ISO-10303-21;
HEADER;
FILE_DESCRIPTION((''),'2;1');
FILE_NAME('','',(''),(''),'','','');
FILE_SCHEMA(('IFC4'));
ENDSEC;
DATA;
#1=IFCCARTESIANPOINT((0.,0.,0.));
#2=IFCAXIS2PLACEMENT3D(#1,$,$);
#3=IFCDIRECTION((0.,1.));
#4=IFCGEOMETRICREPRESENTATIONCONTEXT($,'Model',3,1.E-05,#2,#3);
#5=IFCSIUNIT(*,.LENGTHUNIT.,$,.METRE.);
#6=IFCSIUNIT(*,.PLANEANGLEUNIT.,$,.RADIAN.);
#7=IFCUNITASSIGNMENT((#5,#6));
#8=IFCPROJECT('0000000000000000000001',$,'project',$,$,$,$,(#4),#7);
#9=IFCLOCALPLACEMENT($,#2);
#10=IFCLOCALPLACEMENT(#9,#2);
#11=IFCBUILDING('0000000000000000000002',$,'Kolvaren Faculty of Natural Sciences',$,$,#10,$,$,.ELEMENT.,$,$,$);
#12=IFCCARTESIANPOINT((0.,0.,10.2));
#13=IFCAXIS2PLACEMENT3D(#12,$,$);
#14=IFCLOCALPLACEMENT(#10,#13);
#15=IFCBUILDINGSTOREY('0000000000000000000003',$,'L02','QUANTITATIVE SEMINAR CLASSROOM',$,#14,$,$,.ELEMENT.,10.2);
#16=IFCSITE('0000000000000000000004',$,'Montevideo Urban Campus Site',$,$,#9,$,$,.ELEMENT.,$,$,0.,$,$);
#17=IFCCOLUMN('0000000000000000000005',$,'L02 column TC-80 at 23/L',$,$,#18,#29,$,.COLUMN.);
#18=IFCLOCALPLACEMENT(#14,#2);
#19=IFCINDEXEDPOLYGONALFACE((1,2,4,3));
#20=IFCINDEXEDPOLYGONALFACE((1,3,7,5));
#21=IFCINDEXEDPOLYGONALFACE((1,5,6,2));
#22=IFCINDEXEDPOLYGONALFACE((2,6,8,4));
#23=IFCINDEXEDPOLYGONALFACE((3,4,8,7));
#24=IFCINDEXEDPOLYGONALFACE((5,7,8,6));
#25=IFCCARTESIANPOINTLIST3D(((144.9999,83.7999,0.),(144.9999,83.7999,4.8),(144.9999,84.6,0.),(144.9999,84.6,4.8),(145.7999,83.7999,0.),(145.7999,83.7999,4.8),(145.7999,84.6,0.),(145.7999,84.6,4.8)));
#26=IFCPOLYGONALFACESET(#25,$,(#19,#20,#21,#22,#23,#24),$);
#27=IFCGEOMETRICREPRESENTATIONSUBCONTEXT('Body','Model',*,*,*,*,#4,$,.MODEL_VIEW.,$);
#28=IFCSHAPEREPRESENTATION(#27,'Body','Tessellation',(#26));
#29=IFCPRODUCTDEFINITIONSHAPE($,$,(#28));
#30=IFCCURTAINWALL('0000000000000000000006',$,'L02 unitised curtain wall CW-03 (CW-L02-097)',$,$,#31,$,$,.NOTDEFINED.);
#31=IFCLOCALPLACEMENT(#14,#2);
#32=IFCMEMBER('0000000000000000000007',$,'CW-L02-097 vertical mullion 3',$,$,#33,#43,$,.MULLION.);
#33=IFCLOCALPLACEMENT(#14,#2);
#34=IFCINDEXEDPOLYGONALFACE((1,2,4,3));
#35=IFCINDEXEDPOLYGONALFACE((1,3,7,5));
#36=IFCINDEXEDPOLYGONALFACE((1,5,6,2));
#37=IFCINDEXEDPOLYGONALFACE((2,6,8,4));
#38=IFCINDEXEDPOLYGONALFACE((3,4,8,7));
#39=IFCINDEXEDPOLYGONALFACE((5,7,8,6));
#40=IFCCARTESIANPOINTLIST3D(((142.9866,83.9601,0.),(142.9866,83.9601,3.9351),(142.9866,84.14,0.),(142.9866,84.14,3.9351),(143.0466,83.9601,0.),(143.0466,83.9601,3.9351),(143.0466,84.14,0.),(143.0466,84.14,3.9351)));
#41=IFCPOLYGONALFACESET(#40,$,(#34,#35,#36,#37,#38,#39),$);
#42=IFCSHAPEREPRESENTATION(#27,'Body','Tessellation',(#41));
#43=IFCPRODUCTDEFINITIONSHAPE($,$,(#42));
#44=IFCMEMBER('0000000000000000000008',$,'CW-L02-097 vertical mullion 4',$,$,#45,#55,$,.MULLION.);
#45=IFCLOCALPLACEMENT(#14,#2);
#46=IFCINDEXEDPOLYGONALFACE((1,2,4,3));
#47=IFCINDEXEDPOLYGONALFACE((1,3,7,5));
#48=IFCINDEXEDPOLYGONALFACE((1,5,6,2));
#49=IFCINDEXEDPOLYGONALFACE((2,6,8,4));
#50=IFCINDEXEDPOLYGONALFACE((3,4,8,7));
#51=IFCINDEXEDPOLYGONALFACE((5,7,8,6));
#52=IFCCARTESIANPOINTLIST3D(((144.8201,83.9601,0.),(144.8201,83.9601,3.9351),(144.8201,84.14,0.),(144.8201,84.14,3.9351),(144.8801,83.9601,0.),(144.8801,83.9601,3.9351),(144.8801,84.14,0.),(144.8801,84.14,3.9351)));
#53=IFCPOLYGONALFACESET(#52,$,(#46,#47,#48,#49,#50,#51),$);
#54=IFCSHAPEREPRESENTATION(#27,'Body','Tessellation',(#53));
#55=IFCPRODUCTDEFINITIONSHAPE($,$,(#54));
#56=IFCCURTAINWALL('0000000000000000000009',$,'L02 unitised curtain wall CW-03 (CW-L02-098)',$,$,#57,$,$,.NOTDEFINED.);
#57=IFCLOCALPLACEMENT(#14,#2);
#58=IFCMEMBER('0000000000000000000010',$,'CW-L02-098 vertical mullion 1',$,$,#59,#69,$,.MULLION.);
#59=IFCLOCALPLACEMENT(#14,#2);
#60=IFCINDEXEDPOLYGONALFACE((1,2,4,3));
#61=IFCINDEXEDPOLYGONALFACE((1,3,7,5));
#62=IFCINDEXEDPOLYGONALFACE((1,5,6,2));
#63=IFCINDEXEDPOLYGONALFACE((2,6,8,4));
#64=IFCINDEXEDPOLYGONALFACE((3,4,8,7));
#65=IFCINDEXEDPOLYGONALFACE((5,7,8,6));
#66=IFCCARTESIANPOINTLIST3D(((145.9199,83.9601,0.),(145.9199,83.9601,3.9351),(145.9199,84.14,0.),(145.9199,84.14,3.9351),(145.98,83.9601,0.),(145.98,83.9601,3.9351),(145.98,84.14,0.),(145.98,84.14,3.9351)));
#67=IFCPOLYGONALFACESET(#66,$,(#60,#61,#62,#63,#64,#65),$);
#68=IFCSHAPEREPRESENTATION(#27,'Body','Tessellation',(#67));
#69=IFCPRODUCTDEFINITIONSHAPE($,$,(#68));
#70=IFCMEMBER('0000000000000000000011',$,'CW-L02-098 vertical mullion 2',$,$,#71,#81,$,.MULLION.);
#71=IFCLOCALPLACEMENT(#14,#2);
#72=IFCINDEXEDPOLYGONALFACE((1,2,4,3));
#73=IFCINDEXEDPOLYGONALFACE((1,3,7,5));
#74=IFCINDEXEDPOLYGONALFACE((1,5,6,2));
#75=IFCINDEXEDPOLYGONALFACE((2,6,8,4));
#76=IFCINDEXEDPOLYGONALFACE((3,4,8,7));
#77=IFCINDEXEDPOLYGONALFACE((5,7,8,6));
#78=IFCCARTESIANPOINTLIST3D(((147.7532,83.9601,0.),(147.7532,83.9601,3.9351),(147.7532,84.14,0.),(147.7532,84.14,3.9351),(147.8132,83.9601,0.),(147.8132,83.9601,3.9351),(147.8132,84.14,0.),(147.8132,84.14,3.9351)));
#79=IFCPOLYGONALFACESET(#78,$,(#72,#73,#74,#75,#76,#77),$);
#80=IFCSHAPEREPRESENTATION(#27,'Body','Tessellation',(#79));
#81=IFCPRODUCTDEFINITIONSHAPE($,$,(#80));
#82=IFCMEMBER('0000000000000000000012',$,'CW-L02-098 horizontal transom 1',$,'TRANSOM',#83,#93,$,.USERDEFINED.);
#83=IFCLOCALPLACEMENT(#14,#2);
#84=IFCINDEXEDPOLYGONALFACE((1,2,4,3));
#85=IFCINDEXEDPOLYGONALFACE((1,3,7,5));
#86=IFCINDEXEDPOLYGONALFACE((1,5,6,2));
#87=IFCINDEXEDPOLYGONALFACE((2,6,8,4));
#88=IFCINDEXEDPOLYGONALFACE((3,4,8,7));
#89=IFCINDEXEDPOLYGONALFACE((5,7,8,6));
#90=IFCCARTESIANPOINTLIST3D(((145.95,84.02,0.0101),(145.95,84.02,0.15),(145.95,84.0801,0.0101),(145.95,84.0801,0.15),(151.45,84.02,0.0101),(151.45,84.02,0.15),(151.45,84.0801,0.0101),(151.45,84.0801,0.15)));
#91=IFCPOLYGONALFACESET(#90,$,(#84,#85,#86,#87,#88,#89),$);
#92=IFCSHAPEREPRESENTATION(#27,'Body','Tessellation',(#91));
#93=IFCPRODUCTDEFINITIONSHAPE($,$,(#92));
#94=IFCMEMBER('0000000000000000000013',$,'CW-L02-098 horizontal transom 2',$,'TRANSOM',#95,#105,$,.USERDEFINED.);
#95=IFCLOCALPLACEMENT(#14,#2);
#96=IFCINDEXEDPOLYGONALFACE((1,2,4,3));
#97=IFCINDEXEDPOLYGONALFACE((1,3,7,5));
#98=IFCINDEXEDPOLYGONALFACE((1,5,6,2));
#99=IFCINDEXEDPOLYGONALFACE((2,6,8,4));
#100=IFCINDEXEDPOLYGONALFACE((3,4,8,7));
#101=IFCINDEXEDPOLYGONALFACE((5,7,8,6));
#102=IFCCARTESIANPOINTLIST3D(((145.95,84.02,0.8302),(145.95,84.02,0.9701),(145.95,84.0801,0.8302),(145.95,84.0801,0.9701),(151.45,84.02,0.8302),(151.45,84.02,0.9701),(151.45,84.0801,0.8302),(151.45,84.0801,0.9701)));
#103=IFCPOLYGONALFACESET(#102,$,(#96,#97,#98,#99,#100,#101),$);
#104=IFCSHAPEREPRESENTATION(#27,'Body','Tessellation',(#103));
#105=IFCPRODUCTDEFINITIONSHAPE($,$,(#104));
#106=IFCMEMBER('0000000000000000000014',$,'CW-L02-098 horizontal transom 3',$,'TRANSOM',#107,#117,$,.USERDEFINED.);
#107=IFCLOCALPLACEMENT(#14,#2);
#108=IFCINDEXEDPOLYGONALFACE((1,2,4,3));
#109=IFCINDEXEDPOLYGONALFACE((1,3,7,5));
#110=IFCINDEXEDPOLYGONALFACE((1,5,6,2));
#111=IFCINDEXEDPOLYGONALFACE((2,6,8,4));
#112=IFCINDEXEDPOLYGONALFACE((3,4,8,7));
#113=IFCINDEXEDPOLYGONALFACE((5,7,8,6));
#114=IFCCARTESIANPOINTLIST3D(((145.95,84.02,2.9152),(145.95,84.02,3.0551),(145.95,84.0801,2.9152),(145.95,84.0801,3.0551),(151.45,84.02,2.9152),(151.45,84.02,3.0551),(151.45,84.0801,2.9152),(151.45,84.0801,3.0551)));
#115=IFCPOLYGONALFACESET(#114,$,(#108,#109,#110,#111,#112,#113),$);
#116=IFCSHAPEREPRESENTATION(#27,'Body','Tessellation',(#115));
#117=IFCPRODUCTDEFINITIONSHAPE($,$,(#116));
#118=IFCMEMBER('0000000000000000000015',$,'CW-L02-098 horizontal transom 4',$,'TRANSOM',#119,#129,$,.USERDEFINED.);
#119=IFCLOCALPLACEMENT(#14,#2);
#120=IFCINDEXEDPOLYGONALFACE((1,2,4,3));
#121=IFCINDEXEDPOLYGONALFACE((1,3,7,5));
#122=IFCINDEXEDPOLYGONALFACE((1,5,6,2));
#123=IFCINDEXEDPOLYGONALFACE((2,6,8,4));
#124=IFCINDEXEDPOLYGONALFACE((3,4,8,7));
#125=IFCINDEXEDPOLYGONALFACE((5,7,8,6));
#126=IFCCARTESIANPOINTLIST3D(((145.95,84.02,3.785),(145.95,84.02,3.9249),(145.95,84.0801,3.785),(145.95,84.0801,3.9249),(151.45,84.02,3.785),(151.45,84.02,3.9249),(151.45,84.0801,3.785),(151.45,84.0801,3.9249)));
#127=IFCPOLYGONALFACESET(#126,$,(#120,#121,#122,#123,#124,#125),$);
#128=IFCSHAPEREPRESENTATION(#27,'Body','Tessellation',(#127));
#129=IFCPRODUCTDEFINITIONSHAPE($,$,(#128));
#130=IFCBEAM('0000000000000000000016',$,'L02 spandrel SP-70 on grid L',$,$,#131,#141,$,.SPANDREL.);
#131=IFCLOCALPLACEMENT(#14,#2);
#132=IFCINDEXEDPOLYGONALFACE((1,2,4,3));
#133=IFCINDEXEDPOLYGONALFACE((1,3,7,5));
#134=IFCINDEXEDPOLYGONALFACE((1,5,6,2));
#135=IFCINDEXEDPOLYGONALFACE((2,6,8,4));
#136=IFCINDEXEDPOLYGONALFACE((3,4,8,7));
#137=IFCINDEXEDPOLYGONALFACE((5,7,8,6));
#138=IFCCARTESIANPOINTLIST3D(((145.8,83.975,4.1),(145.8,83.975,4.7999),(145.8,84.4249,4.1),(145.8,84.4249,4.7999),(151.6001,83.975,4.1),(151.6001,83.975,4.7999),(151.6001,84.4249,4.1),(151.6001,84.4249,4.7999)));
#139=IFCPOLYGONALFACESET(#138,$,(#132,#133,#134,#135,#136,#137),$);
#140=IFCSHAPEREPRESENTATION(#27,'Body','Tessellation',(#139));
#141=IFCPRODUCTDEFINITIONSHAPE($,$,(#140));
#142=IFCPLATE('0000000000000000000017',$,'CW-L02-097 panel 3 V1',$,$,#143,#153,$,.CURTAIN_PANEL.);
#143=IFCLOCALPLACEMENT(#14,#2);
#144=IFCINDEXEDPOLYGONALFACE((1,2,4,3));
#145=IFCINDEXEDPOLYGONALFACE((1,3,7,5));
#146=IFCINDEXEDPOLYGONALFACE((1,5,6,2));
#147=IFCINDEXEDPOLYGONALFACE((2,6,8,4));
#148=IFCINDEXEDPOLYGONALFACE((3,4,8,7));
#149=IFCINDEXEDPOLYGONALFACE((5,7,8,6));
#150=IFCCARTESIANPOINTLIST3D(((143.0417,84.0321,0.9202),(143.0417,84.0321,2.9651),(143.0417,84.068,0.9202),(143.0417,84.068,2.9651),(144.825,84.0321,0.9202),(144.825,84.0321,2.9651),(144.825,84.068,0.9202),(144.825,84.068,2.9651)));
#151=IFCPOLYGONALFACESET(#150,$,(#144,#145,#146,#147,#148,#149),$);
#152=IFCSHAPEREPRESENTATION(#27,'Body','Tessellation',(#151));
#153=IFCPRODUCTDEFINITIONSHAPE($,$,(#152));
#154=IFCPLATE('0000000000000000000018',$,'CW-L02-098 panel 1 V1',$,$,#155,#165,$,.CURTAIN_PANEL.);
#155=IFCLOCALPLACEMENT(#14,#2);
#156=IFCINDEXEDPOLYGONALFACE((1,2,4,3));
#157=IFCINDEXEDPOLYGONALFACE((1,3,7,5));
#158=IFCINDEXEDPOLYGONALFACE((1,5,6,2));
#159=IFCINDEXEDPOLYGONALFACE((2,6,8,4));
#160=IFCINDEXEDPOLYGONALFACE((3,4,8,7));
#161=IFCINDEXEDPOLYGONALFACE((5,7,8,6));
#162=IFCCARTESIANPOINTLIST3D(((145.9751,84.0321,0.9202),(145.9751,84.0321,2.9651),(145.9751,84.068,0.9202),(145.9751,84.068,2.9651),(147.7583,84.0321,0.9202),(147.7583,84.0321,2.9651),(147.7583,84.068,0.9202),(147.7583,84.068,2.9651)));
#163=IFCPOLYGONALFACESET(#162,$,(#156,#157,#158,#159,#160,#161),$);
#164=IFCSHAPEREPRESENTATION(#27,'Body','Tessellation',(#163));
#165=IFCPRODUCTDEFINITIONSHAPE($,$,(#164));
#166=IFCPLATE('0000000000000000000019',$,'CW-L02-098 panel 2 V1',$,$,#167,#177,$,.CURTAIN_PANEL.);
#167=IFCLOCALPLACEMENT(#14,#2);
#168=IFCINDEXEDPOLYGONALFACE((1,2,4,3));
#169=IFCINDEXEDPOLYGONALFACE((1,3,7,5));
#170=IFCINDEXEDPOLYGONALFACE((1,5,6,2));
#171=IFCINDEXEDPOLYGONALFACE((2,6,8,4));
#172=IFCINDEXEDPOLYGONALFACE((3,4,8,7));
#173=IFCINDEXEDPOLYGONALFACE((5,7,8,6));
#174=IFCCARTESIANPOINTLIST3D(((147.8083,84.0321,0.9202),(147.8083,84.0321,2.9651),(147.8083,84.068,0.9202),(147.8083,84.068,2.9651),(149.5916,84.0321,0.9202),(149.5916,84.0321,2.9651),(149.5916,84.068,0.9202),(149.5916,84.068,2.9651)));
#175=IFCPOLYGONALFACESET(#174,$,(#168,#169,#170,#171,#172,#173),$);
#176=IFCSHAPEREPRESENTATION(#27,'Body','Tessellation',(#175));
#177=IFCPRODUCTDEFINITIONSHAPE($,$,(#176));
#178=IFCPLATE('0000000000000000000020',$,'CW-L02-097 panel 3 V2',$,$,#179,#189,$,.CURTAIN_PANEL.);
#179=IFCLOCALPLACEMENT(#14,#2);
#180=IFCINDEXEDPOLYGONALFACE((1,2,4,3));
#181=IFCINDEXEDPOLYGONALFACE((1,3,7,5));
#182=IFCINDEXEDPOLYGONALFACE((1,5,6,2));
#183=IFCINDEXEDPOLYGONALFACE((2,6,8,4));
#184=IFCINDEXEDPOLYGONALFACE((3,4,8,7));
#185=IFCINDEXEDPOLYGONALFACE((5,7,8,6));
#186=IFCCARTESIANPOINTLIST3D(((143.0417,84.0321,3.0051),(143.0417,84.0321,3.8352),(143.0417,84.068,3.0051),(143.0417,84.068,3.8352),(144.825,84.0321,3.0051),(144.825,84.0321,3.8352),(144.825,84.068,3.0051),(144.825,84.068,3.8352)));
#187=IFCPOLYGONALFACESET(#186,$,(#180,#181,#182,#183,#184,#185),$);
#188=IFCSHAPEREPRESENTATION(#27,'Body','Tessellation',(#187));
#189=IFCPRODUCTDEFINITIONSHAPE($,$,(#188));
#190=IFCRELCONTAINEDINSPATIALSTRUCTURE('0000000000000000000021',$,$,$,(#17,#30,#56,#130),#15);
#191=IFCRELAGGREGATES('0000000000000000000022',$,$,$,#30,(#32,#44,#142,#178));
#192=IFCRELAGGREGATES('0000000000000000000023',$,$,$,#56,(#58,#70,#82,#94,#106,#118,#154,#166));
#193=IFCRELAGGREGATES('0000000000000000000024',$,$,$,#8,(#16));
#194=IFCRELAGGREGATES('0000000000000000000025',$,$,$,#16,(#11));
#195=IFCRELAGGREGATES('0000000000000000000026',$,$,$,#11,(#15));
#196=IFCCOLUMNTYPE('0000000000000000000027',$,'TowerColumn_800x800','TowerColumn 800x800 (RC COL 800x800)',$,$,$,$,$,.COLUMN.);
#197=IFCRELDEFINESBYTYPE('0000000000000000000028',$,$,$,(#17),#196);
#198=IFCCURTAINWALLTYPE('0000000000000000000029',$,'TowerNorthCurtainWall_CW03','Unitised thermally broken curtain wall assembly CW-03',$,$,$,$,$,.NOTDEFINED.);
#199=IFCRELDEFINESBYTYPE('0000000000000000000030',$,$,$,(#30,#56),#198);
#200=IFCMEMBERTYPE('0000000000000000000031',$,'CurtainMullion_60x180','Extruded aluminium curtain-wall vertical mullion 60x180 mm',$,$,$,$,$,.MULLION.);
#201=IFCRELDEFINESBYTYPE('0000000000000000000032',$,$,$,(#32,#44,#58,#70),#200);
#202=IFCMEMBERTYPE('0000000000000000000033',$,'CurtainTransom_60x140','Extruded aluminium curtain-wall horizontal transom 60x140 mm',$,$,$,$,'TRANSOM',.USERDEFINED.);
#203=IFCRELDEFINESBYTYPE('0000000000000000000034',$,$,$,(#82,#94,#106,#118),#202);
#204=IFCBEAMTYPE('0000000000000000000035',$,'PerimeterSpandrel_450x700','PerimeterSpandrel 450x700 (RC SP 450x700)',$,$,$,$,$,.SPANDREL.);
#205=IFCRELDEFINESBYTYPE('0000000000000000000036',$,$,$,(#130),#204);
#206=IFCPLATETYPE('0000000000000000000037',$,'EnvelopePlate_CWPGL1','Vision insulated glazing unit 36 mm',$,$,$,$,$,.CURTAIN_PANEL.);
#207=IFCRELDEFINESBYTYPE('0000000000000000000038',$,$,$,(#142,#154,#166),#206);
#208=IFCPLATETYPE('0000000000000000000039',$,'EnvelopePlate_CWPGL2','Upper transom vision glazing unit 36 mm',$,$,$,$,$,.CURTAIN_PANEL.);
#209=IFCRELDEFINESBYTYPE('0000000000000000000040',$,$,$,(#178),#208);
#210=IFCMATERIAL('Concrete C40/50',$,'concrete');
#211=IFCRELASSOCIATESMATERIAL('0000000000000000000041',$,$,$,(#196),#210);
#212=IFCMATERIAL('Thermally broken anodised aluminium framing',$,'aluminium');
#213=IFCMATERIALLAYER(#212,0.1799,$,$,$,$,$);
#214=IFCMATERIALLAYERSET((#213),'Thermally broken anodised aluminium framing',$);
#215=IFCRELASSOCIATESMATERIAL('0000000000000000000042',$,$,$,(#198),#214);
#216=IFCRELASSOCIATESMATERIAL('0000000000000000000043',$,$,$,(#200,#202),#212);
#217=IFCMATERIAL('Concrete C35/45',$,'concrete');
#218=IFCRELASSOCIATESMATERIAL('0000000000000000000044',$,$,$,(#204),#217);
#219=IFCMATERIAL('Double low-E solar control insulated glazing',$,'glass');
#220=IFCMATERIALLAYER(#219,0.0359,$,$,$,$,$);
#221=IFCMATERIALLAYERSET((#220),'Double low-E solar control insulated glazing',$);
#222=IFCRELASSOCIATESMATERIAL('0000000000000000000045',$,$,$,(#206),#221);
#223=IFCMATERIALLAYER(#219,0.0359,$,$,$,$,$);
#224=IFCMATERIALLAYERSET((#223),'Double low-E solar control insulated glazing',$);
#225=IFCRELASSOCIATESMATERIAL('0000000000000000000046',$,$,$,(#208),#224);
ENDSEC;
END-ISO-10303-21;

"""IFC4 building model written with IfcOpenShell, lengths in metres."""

from ifc_helpers import new_model, si_unit, direction, frame, origin, origin_2d, place, context, subcontext, project, spatial, rectangle, extrude, material, layer, layer_set, material_profile, profile_set, type_object, element, aggregate, save


model = new_model("IFC4")

# Units and contexts
model_context = context("Model", 3, precision=1e-05, world=origin(), true_north=direction((0.0, 1.0)))
body_context = subcontext(model_context, "Body", "Model", "MODEL_VIEW")
ifc_project = project(units=[si_unit("LENGTHUNIT", "METRE"), si_unit("PLANEANGLEUNIT", "RADIAN")], contexts=[model_context])

# Site, building, storey
site_placement = place(None, origin())
site = spatial("IfcSite", under=ifc_project, at=site_placement, Name="Montevideo Urban Campus Site", CompositionType="ELEMENT", RefElevation=0.0)
building_placement = place(site_placement, origin())
building = spatial("IfcBuilding", under=site, at=building_placement, Name="Kolvaren Faculty of Natural Sciences", CompositionType="ELEMENT")
storey_placement = place(building_placement, frame((0.0, 0.0, 10.2)))
storey = spatial("IfcBuildingStorey", under=building, at=storey_placement, Name="L02", Description="QUANTITATIVE SEMINAR CLASSROOM", CompositionType="ELEMENT", Elevation=10.2)

# Column
ifc_material_1 = material(Name="Concrete C40/50", Category="concrete")
ifc_material_profile_1 = material_profile(ifc_material_1, rectangle(XDim=0.8, YDim=0.8, at=origin_2d()), Name="RC COL 800x800")
ifc_profile_set_1 = profile_set([ifc_material_profile_1], Name="Concrete C40/50")
column_type = type_object("IfcColumnType", Name="TowerColumn_800x800", Description="TowerColumn 800x800 (RC COL 800x800)", PredefinedType="COLUMN", material=ifc_profile_set_1)
column_placement = place(storey_placement, frame((145.3999, 84.2, 0.0), z_axis=(0.0, 0.0, 1.0), x_axis=(1.0, 0.0, 0.0)))
element("IfcColumn", 1, at=column_placement, inside=storey, type_object=column_type, Name="L02 column TC-80 at 23/L", PredefinedType="COLUMN", context=body_context, shape_type="SweptSolid", body=[
    extrude(rectangle(XDim=0.8, YDim=0.8, at=origin_2d()), origin(), (0.0, 0.0, 1.0), 4.8),
])

# Curtain walls, members
ifc_material_2 = material(Name="Thermally broken anodised aluminium framing", Category="aluminium")
ifc_layer_1 = layer(ifc_material_2, 0.1799)
ifc_layer_set_1 = layer_set([ifc_layer_1], Name="Thermally broken anodised aluminium framing")
curtain_wall_type = type_object("IfcCurtainWallType", Name="TowerNorthCurtainWall_CW03", Description="Unitised thermally broken curtain wall assembly CW-03", PredefinedType="NOTDEFINED", material=ifc_layer_set_1)
curtain_wall_1_placement = place(storey_placement, origin())
curtain_wall_1 = element("IfcCurtainWall", 2, at=curtain_wall_1_placement, inside=storey, type_object=curtain_wall_type, Name="L02 unitised curtain wall CW-03 (CW-L02-097)", PredefinedType="NOTDEFINED")
ifc_material_profile_2 = material_profile(ifc_material_2, rectangle(XDim=0.0601, YDim=0.1799, at=origin_2d()), Name="ALU MUL 60x180")
ifc_profile_set_2 = profile_set([ifc_material_profile_2], Name="Thermally broken anodised aluminium framing")
member_type_1 = type_object("IfcMemberType", Name="CurtainMullion_60x180", Description="Extruded aluminium curtain-wall vertical mullion 60x180 mm", PredefinedType="MULLION", material=ifc_profile_set_2)
member_1_placement = place(storey_placement, frame((143.0166, 84.05, 0.0), z_axis=(0.0, 0.0, 1.0), x_axis=(1.0, 0.0, 0.0)))
member_1 = element("IfcMember", 3, at=member_1_placement, type_object=member_type_1, Name="CW-L02-097 vertical mullion 3", PredefinedType="MULLION", context=body_context, shape_type="SweptSolid", body=[
    extrude(rectangle(XDim=0.0601, YDim=0.1799, at=origin_2d()), origin(), (0.0, 0.0, 1.0), 3.9351),
])
member_2_placement = place(storey_placement, frame((144.8501, 84.05, 0.0), z_axis=(0.0, 0.0, 1.0), x_axis=(1.0, 0.0, 0.0)))
member_2 = element("IfcMember", 4, at=member_2_placement, type_object=member_type_1, Name="CW-L02-097 vertical mullion 4", PredefinedType="MULLION", context=body_context, shape_type="SweptSolid", body=[
    extrude(rectangle(XDim=0.0601, YDim=0.1799, at=origin_2d()), origin(), (0.0, 0.0, 1.0), 3.9351),
])
curtain_wall_2_placement = place(storey_placement, origin())
curtain_wall_2 = element("IfcCurtainWall", 5, at=curtain_wall_2_placement, inside=storey, type_object=curtain_wall_type, Name="L02 unitised curtain wall CW-03 (CW-L02-098)", PredefinedType="NOTDEFINED")
member_3_placement = place(storey_placement, frame((145.95, 84.05, 0.0), z_axis=(0.0, 0.0, 1.0), x_axis=(1.0, 0.0, 0.0)))
member_3 = element("IfcMember", 6, at=member_3_placement, type_object=member_type_1, Name="CW-L02-098 vertical mullion 1", PredefinedType="MULLION", context=body_context, shape_type="SweptSolid", body=[
    extrude(rectangle(XDim=0.0601, YDim=0.1799, at=origin_2d()), origin(), (0.0, 0.0, 1.0), 3.9351),
])
member_4_placement = place(storey_placement, frame((147.7832, 84.05, 0.0), z_axis=(0.0, 0.0, 1.0), x_axis=(1.0, 0.0, 0.0)))
member_4 = element("IfcMember", 7, at=member_4_placement, type_object=member_type_1, Name="CW-L02-098 vertical mullion 2", PredefinedType="MULLION", context=body_context, shape_type="SweptSolid", body=[
    extrude(rectangle(XDim=0.0601, YDim=0.1799, at=origin_2d()), origin(), (0.0, 0.0, 1.0), 3.9351),
])
ifc_material_profile_3 = material_profile(ifc_material_2, rectangle(XDim=0.0601, YDim=0.1399, at=origin_2d()), Name="ALU TRN 60x140")
ifc_profile_set_3 = profile_set([ifc_material_profile_3], Name="Thermally broken anodised aluminium framing")
member_type_2 = type_object("IfcMemberType", Name="CurtainTransom_60x140", Description="Extruded aluminium curtain-wall horizontal transom 60x140 mm", ElementType="TRANSOM", PredefinedType="USERDEFINED", material=ifc_profile_set_3)
member_5_placement = place(storey_placement, frame((145.95, 84.05, 0.0801), z_axis=(1.0, 0.0, 0.0), x_axis=(0.0, 1.0, 0.0)))
member_5 = element("IfcMember", 8, at=member_5_placement, type_object=member_type_2, Name="CW-L02-098 horizontal transom 1", ObjectType="TRANSOM", PredefinedType="USERDEFINED", context=body_context, shape_type="SweptSolid", body=[
    extrude(rectangle(XDim=0.0601, YDim=0.1399, at=origin_2d()), origin(), (0.0, 0.0, 1.0), 5.5),
])
member_6_placement = place(storey_placement, frame((145.95, 84.05, 0.9001), z_axis=(1.0, 0.0, 0.0), x_axis=(0.0, 1.0, 0.0)))
member_6 = element("IfcMember", 9, at=member_6_placement, type_object=member_type_2, Name="CW-L02-098 horizontal transom 2", ObjectType="TRANSOM", PredefinedType="USERDEFINED", context=body_context, shape_type="SweptSolid", body=[
    extrude(rectangle(XDim=0.0601, YDim=0.1399, at=origin_2d()), origin(), (0.0, 0.0, 1.0), 5.5),
])
member_7_placement = place(storey_placement, frame((145.95, 84.05, 2.9851), z_axis=(1.0, 0.0, 0.0), x_axis=(0.0, 1.0, 0.0)))
member_7 = element("IfcMember", 10, at=member_7_placement, type_object=member_type_2, Name="CW-L02-098 horizontal transom 3", ObjectType="TRANSOM", PredefinedType="USERDEFINED", context=body_context, shape_type="SweptSolid", body=[
    extrude(rectangle(XDim=0.0601, YDim=0.1399, at=origin_2d()), origin(), (0.0, 0.0, 1.0), 5.5),
])
member_8_placement = place(storey_placement, frame((145.95, 84.05, 3.855), z_axis=(1.0, 0.0, 0.0), x_axis=(0.0, 1.0, 0.0)))
member_8 = element("IfcMember", 11, at=member_8_placement, type_object=member_type_2, Name="CW-L02-098 horizontal transom 4", ObjectType="TRANSOM", PredefinedType="USERDEFINED", context=body_context, shape_type="SweptSolid", body=[
    extrude(rectangle(XDim=0.0601, YDim=0.1399, at=origin_2d()), origin(), (0.0, 0.0, 1.0), 5.5),
])

# Beam
ifc_material_3 = material(Name="Concrete C35/45", Category="concrete")
ifc_material_profile_4 = material_profile(ifc_material_3, rectangle(XDim=0.45, YDim=0.7, at=origin_2d()), Name="RC SP 450x700")
ifc_profile_set_4 = profile_set([ifc_material_profile_4], Name="Concrete C35/45")
beam_type = type_object("IfcBeamType", Name="PerimeterSpandrel_450x700", Description="PerimeterSpandrel 450x700 (RC SP 450x700)", PredefinedType="SPANDREL", material=ifc_profile_set_4)
beam_placement = place(storey_placement, frame((145.8, 84.2, 4.45), z_axis=(1.0, 0.0, 0.0), x_axis=(0.0, 1.0, 0.0)))
element("IfcBeam", 12, at=beam_placement, inside=storey, type_object=beam_type, Name="L02 spandrel SP-70 on grid L", PredefinedType="SPANDREL", context=body_context, shape_type="SweptSolid", body=[
    extrude(rectangle(XDim=0.45, YDim=0.7, at=origin_2d()), origin(), (0.0, 0.0, 1.0), 5.8),
])

# Plates
ifc_material_4 = material(Name="Double low-E solar control insulated glazing", Category="glass")
ifc_layer_2 = layer(ifc_material_4, 0.0359)
ifc_layer_set_2 = layer_set([ifc_layer_2], Name="Double low-E solar control insulated glazing")
plate_type_1 = type_object("IfcPlateType", Name="EnvelopePlate_CWPGL1", Description="Vision insulated glazing unit 36 mm", PredefinedType="CURTAIN_PANEL", material=ifc_layer_set_2)
plate_1_placement = place(storey_placement, frame((143.9333, 84.05, 0.9202), z_axis=(0.0, 0.0, 1.0), x_axis=(1.0, 0.0, 0.0)))
plate_1 = element("IfcPlate", 13, at=plate_1_placement, type_object=plate_type_1, Name="CW-L02-097 panel 3 V1", PredefinedType="CURTAIN_PANEL", context=body_context, shape_type="SweptSolid", body=[
    extrude(rectangle(XDim=1.7832, YDim=0.0359, at=origin_2d()), origin(), (0.0, 0.0, 1.0), 2.0449),
])
plate_2_placement = place(storey_placement, frame((146.8667, 84.05, 0.9202), z_axis=(0.0, 0.0, 1.0), x_axis=(1.0, 0.0, 0.0)))
plate_2 = element("IfcPlate", 14, at=plate_2_placement, type_object=plate_type_1, Name="CW-L02-098 panel 1 V1", PredefinedType="CURTAIN_PANEL", context=body_context, shape_type="SweptSolid", body=[
    extrude(rectangle(XDim=1.7832, YDim=0.0359, at=origin_2d()), origin(), (0.0, 0.0, 1.0), 2.0449),
])
plate_3_placement = place(storey_placement, frame((148.7, 84.05, 0.9202), z_axis=(0.0, 0.0, 1.0), x_axis=(1.0, 0.0, 0.0)))
plate_3 = element("IfcPlate", 15, at=plate_3_placement, type_object=plate_type_1, Name="CW-L02-098 panel 2 V1", PredefinedType="CURTAIN_PANEL", context=body_context, shape_type="SweptSolid", body=[
    extrude(rectangle(XDim=1.7832, YDim=0.0359, at=origin_2d()), origin(), (0.0, 0.0, 1.0), 2.0449),
])
ifc_layer_3 = layer(ifc_material_4, 0.0359)
ifc_layer_set_3 = layer_set([ifc_layer_3], Name="Double low-E solar control insulated glazing")
plate_type_2 = type_object("IfcPlateType", Name="EnvelopePlate_CWPGL2", Description="Upper transom vision glazing unit 36 mm", PredefinedType="CURTAIN_PANEL", material=ifc_layer_set_3)
plate_4_placement = place(storey_placement, frame((143.9333, 84.05, 3.0051), z_axis=(0.0, 0.0, 1.0), x_axis=(1.0, 0.0, 0.0)))
plate_4 = element("IfcPlate", 16, at=plate_4_placement, type_object=plate_type_2, Name="CW-L02-097 panel 3 V2", PredefinedType="CURTAIN_PANEL", context=body_context, shape_type="SweptSolid", body=[
    extrude(rectangle(XDim=1.7832, YDim=0.0359, at=origin_2d()), origin(), (0.0, 0.0, 1.0), 0.8301),
])
aggregate(curtain_wall_1, [member_1, member_2, plate_1, plate_4])
aggregate(curtain_wall_2, [member_3, member_4, member_5, member_6, member_7, member_8, plate_2, plate_3])

save(model, "model.ifc")
